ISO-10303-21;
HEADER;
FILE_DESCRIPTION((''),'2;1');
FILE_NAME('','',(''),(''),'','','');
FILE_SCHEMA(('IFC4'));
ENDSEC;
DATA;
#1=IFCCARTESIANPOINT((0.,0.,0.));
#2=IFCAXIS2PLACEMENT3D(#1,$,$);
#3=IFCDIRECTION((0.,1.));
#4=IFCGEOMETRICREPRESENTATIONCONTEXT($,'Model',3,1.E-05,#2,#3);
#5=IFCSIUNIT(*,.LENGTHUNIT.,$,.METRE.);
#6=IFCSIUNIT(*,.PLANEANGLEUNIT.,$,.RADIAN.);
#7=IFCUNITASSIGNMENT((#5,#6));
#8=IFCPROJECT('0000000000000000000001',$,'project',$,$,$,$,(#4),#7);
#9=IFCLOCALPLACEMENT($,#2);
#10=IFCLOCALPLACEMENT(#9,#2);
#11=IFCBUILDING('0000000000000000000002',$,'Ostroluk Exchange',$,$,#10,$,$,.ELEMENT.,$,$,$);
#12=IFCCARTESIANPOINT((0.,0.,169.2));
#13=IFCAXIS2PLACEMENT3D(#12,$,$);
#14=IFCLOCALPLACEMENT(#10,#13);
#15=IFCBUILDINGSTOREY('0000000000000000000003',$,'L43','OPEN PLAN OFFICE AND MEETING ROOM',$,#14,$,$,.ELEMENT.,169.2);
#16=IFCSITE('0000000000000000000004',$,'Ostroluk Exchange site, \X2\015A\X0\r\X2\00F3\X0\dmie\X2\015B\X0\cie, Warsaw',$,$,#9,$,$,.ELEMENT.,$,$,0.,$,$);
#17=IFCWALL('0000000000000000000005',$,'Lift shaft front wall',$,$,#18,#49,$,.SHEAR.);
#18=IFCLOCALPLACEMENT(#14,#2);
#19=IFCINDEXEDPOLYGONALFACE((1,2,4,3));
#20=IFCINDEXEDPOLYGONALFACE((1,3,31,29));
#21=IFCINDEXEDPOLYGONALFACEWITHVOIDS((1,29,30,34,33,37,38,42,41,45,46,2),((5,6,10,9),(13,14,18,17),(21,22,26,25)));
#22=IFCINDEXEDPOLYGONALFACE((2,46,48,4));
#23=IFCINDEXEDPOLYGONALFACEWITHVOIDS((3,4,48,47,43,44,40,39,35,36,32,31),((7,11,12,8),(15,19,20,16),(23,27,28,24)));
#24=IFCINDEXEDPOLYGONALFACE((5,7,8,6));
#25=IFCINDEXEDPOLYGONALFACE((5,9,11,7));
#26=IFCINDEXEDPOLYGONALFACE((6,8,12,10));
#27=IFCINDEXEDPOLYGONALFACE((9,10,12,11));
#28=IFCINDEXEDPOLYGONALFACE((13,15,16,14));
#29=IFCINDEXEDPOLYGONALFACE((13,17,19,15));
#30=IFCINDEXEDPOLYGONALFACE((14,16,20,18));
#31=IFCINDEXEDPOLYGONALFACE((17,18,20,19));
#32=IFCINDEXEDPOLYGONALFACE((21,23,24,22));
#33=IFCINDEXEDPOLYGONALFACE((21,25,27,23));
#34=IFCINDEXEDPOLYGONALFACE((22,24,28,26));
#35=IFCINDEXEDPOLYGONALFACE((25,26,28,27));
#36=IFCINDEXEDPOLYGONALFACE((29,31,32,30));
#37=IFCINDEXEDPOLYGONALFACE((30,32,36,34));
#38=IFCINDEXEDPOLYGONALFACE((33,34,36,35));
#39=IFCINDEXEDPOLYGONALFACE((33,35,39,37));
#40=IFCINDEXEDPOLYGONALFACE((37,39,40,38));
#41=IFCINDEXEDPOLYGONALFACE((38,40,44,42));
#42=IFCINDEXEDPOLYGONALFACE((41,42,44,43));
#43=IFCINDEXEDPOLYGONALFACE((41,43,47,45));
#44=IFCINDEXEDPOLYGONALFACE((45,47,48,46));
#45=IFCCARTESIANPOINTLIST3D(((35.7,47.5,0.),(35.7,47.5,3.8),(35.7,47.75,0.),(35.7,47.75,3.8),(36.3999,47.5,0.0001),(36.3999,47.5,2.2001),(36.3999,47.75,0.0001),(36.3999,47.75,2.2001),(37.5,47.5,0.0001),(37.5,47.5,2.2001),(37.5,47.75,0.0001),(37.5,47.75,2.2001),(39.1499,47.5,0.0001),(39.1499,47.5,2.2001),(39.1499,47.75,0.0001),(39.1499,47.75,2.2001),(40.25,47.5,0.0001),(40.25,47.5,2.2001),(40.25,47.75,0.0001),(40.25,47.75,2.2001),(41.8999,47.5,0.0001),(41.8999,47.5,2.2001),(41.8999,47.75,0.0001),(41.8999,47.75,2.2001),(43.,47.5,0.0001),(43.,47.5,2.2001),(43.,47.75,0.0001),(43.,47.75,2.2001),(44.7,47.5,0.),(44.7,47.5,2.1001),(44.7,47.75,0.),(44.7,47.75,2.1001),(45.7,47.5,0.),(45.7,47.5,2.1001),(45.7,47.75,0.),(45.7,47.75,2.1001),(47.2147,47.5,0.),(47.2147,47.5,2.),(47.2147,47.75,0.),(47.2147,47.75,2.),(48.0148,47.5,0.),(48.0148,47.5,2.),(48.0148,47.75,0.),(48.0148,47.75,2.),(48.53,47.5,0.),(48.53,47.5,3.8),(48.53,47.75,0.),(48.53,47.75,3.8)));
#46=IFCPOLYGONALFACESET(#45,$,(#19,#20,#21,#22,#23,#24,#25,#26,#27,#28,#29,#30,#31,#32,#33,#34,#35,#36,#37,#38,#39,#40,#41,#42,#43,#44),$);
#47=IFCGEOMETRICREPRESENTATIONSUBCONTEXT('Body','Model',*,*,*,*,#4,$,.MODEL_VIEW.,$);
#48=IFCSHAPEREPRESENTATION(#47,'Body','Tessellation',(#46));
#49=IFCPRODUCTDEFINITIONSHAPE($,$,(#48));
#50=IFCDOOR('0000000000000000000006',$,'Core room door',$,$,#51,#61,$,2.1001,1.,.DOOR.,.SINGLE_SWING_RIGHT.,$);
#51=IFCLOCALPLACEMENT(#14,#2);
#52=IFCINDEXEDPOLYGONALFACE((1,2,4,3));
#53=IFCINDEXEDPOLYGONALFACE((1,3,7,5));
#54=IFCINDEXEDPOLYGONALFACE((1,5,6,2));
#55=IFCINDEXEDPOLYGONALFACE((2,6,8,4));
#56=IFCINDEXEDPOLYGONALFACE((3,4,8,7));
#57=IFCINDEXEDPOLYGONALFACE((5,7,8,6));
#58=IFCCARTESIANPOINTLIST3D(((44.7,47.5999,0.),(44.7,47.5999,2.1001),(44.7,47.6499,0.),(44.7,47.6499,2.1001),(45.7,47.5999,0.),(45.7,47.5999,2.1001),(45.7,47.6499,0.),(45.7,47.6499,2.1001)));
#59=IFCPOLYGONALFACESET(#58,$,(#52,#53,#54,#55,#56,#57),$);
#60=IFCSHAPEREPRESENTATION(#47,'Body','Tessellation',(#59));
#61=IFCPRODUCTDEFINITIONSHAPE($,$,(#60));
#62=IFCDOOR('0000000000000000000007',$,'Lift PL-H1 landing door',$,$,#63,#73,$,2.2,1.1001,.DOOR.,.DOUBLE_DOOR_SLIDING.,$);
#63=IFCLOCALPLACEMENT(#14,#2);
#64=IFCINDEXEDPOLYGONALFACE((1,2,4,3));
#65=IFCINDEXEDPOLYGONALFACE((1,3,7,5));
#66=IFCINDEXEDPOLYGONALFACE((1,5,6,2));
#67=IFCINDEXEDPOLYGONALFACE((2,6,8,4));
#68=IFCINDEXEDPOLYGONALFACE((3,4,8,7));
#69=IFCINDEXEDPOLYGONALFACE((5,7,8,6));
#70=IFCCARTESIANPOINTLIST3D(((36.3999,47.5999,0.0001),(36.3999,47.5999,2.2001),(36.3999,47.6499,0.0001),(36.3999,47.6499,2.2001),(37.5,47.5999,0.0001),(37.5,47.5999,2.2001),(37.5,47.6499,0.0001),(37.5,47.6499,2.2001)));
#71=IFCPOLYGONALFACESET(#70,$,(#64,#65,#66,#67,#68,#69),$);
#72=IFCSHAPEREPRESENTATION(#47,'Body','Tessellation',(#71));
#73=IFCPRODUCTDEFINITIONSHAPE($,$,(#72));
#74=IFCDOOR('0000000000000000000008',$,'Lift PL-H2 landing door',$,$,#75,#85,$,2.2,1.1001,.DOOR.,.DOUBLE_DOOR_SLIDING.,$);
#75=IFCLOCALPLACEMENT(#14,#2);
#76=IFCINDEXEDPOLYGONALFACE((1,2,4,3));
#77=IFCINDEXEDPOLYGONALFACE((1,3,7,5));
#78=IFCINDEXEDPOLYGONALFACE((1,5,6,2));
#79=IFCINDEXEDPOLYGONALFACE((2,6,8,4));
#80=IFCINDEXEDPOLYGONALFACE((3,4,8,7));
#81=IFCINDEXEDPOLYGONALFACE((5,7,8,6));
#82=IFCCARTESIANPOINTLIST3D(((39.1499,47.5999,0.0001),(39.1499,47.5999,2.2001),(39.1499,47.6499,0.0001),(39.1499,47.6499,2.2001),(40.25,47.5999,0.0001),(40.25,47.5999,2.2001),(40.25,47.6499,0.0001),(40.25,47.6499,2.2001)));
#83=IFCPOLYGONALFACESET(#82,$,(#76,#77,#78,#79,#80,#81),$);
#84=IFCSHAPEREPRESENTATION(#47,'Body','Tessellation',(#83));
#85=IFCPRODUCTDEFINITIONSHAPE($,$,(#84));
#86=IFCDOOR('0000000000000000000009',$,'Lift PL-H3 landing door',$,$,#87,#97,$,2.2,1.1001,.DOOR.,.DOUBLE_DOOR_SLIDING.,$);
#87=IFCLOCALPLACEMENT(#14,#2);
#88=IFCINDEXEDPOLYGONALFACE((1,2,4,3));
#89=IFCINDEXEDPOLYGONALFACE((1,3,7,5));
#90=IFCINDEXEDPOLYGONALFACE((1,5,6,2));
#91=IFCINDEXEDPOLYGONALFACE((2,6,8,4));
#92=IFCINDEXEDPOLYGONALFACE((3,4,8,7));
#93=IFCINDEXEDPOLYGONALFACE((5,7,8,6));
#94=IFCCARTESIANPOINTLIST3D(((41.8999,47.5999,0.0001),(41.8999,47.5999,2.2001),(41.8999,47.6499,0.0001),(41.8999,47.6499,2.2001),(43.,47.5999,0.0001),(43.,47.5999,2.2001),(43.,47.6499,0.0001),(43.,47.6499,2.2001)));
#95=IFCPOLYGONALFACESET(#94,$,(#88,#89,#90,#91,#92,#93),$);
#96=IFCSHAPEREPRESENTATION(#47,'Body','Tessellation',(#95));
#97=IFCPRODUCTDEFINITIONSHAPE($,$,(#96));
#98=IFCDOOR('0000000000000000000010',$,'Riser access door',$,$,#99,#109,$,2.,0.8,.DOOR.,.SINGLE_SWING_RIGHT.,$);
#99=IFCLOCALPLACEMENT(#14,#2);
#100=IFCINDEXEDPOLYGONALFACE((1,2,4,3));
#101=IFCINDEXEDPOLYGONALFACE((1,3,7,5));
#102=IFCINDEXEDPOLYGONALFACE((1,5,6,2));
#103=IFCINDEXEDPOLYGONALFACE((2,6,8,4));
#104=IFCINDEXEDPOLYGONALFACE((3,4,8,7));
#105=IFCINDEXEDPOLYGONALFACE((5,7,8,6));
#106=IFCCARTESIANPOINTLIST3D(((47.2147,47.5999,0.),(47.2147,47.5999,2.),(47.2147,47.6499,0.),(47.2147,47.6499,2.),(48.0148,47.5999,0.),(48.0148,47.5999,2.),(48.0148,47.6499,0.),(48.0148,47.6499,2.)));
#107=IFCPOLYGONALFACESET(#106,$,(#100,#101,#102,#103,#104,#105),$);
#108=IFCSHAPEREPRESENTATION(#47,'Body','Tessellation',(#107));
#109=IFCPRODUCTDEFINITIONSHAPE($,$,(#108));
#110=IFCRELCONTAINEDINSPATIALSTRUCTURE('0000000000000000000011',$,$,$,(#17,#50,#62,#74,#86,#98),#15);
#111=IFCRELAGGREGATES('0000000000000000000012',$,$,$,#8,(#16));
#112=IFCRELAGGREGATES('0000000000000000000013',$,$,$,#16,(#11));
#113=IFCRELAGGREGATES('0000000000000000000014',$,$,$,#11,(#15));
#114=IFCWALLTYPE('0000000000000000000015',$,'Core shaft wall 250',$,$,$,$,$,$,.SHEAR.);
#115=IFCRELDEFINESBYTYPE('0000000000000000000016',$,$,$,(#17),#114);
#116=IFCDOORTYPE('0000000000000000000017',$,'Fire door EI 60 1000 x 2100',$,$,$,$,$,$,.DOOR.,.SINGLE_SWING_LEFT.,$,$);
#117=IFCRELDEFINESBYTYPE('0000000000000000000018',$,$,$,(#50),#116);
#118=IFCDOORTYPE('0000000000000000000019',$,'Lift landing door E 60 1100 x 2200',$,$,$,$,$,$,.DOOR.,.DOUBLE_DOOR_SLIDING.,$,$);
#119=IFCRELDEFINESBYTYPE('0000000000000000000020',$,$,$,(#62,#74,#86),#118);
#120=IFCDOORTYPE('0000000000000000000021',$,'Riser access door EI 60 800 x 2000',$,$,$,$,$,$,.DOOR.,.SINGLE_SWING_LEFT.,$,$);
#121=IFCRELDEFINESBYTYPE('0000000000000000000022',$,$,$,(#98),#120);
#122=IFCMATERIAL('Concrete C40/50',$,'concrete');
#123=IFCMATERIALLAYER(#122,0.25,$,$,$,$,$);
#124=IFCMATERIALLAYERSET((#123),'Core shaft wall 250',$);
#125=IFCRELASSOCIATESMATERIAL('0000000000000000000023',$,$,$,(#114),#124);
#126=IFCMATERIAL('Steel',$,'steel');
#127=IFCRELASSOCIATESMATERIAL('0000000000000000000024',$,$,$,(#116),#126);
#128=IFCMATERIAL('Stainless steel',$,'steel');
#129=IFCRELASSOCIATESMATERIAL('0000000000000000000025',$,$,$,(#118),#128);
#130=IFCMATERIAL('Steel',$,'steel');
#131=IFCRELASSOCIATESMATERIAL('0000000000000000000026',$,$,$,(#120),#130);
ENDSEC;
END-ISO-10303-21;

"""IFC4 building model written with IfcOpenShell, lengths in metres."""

from ifc_helpers import new_model, si_unit, direction, frame, frame_2d, origin, place, context, subcontext, project, spatial, rectangle, extrude, material, layer, layer_set, type_object, element, fill, save


model = new_model("IFC4")

# Units and contexts
model_context = context("Model", 3, precision=1e-05, world=origin(), true_north=direction((0.0, 1.0)))
body_context = subcontext(model_context, "Body", "Model", "MODEL_VIEW")
ifc_project = project(units=[si_unit("LENGTHUNIT", "METRE"), si_unit("PLANEANGLEUNIT", "RADIAN")], contexts=[model_context])

# Site, building, storey
site_placement = place(None, origin())
site = spatial("IfcSite", under=ifc_project, at=site_placement, Name="Ostroluk Exchange site, Śródmieście, Warsaw", CompositionType="ELEMENT", RefElevation=0.0)
building_placement = place(site_placement, origin())
building = spatial("IfcBuilding", under=site, at=building_placement, Name="Ostroluk Exchange", CompositionType="ELEMENT")
storey_placement = place(building_placement, frame((0.0, 0.0, 169.2)))
storey = spatial("IfcBuildingStorey", under=building, at=storey_placement, Name="L43", Description="OPEN PLAN OFFICE AND MEETING ROOM", CompositionType="ELEMENT", Elevation=169.2)

# Shared definitions
ifc_material_1 = material(Name="Concrete C40/50", Category="concrete")
ifc_layer_1 = layer(ifc_material_1, 0.25)
ifc_layer_set_1 = layer_set([ifc_layer_1], Name="Core shaft wall 250")
wall_type_1 = type_object("IfcWallType", Name="Core shaft wall 250", PredefinedType="SHEAR", material=ifc_layer_set_1)

# Wall, openings, doors
wall_1_placement = place(storey_placement, frame((35.7, 47.625, 0.0), z_axis=(0.0, 0.0, 1.0), x_axis=(1.0, 0.0, 0.0)))
wall_1 = element("IfcWall", 1, at=wall_1_placement, inside=storey, type_object=wall_type_1, Name="Lift shaft front wall", PredefinedType="SHEAR", context=body_context, shape_type="SweptSolid", body=[
    extrude(rectangle(XDim=12.8301, YDim=0.25, at=frame_2d((6.415, 0.0))), origin(), (0.0, 0.0, 1.0), 3.8),
])
opening_1_placement = place(wall_1_placement, frame((0.7, 0.0, 0.0)))
opening_1 = element("IfcOpeningElement", 2, at=opening_1_placement, cuts=wall_1, PredefinedType="OPENING", context=body_context, shape_type="SweptSolid", body=[
    extrude(rectangle(XDim=1.1001, YDim=2.2, at=frame_2d((0.55, 1.1001))), frame((0.0, 0.135, 0.0), z_axis=(0.0, -1.0, 0.0), x_axis=(1.0, 0.0, 0.0)), (0.0, 0.0, 1.0), 0.27),
])
opening_2_placement = place(wall_1_placement, frame((3.45, 0.0, 0.0)))
opening_2 = element("IfcOpeningElement", 3, at=opening_2_placement, cuts=wall_1, PredefinedType="OPENING", context=body_context, shape_type="SweptSolid", body=[
    extrude(rectangle(XDim=1.1001, YDim=2.2, at=frame_2d((0.55, 1.1001))), frame((0.0, 0.135, 0.0), z_axis=(0.0, -1.0, 0.0), x_axis=(1.0, 0.0, 0.0)), (0.0, 0.0, 1.0), 0.27),
])
opening_3_placement = place(wall_1_placement, frame((6.2, 0.0, 0.0)))
opening_3 = element("IfcOpeningElement", 4, at=opening_3_placement, cuts=wall_1, PredefinedType="OPENING", context=body_context, shape_type="SweptSolid", body=[
    extrude(rectangle(XDim=1.1001, YDim=2.2, at=frame_2d((0.55, 1.1001))), frame((0.0, 0.135, 0.0), z_axis=(0.0, -1.0, 0.0), x_axis=(1.0, 0.0, 0.0)), (0.0, 0.0, 1.0), 0.27),
])
opening_4_placement = place(wall_1_placement, frame((9.0, 0.0, 0.0)))
opening_4 = element("IfcOpeningElement", 5, at=opening_4_placement, cuts=wall_1, PredefinedType="OPENING", context=body_context, shape_type="SweptSolid", body=[
    extrude(rectangle(XDim=1.0, YDim=2.1001, at=frame_2d((0.5, 1.05))), frame((0.0, 0.135, 0.0), z_axis=(0.0, -1.0, 0.0), x_axis=(1.0, 0.0, 0.0)), (0.0, 0.0, 1.0), 0.27),
])
opening_5_placement = place(wall_1_placement, frame((11.5149, 0.0, 0.0)))
opening_5 = element("IfcOpeningElement", 6, at=opening_5_placement, cuts=wall_1, PredefinedType="OPENING", context=body_context, shape_type="SweptSolid", body=[
    extrude(rectangle(XDim=0.8, YDim=2.0, at=frame_2d((0.3999, 1.0))), frame((0.0, 0.135, 0.0), z_axis=(0.0, -1.0, 0.0), x_axis=(1.0, 0.0, 0.0)), (0.0, 0.0, 1.0), 0.27),
])
ifc_material_2 = material(Name="Steel", Category="steel")
door_type_1 = type_object("IfcDoorType", Name="Fire door EI 60 1000 x 2100", OperationType="SINGLE_SWING_LEFT", PredefinedType="DOOR", material=ifc_material_2)
door_1_placement = place(opening_4_placement, origin())
door_1 = element("IfcDoor", 7, at=door_1_placement, inside=storey, type_object=door_type_1, Name="Core room door", OperationType="SINGLE_SWING_RIGHT", OverallHeight=2.1001, OverallWidth=1.0, PredefinedType="DOOR", context=body_context, shape_type="SweptSolid", body=[
    extrude(rectangle(XDim=1.0, YDim=2.1001, at=frame_2d((0.5, 1.05))), frame((0.0, 0.0249, 0.0), z_axis=(0.0, -1.0, 0.0), x_axis=(1.0, 0.0, 0.0)), (0.0, 0.0, 1.0), 0.05),
])
fill(opening_4, door_1)
ifc_material_3 = material(Name="Stainless steel", Category="steel")
door_type_2 = type_object("IfcDoorType", Name="Lift landing door E 60 1100 x 2200", OperationType="DOUBLE_DOOR_SLIDING", PredefinedType="DOOR", material=ifc_material_3)
door_2_placement = place(opening_1_placement, origin())
door_2 = element("IfcDoor", 8, at=door_2_placement, inside=storey, type_object=door_type_2, Name="Lift PL-H1 landing door", OperationType="DOUBLE_DOOR_SLIDING", OverallHeight=2.2, OverallWidth=1.1001, PredefinedType="DOOR", context=body_context, shape_type="SweptSolid", body=[
    extrude(rectangle(XDim=1.1001, YDim=2.2, at=frame_2d((0.55, 1.1001))), frame((0.0, 0.0249, 0.0), z_axis=(0.0, -1.0, 0.0), x_axis=(1.0, 0.0, 0.0)), (0.0, 0.0, 1.0), 0.05),
])
fill(opening_1, door_2)
door_3_placement = place(opening_2_placement, origin())
door_3 = element("IfcDoor", 9, at=door_3_placement, inside=storey, type_object=door_type_2, Name="Lift PL-H2 landing door", OperationType="DOUBLE_DOOR_SLIDING", OverallHeight=2.2, OverallWidth=1.1001, PredefinedType="DOOR", context=body_context, shape_type="SweptSolid", body=[
    extrude(rectangle(XDim=1.1001, YDim=2.2, at=frame_2d((0.55, 1.1001))), frame((0.0, 0.0249, 0.0), z_axis=(0.0, -1.0, 0.0), x_axis=(1.0, 0.0, 0.0)), (0.0, 0.0, 1.0), 0.05),
])
fill(opening_2, door_3)
door_4_placement = place(opening_3_placement, origin())
door_4 = element("IfcDoor", 10, at=door_4_placement, inside=storey, type_object=door_type_2, Name="Lift PL-H3 landing door", OperationType="DOUBLE_DOOR_SLIDING", OverallHeight=2.2, OverallWidth=1.1001, PredefinedType="DOOR", context=body_context, shape_type="SweptSolid", body=[
    extrude(rectangle(XDim=1.1001, YDim=2.2, at=frame_2d((0.55, 1.1001))), frame((0.0, 0.0249, 0.0), z_axis=(0.0, -1.0, 0.0), x_axis=(1.0, 0.0, 0.0)), (0.0, 0.0, 1.0), 0.05),
])
fill(opening_3, door_4)
ifc_material_4 = material(Name="Steel", Category="steel")
door_type_3 = type_object("IfcDoorType", Name="Riser access door EI 60 800 x 2000", OperationType="SINGLE_SWING_LEFT", PredefinedType="DOOR", material=ifc_material_4)
door_5_placement = place(opening_5_placement, origin())
door_5 = element("IfcDoor", 11, at=door_5_placement, inside=storey, type_object=door_type_3, Name="Riser access door", OperationType="SINGLE_SWING_RIGHT", OverallHeight=2.0, OverallWidth=0.8, PredefinedType="DOOR", context=body_context, shape_type="SweptSolid", body=[
    extrude(rectangle(XDim=0.8, YDim=2.0, at=frame_2d((0.3999, 1.0))), frame((0.0, 0.0249, 0.0), z_axis=(0.0, -1.0, 0.0), x_axis=(1.0, 0.0, 0.0)), (0.0, 0.0, 1.0), 0.05),
])
fill(opening_5, door_5)

save(model, "model.ifc")
